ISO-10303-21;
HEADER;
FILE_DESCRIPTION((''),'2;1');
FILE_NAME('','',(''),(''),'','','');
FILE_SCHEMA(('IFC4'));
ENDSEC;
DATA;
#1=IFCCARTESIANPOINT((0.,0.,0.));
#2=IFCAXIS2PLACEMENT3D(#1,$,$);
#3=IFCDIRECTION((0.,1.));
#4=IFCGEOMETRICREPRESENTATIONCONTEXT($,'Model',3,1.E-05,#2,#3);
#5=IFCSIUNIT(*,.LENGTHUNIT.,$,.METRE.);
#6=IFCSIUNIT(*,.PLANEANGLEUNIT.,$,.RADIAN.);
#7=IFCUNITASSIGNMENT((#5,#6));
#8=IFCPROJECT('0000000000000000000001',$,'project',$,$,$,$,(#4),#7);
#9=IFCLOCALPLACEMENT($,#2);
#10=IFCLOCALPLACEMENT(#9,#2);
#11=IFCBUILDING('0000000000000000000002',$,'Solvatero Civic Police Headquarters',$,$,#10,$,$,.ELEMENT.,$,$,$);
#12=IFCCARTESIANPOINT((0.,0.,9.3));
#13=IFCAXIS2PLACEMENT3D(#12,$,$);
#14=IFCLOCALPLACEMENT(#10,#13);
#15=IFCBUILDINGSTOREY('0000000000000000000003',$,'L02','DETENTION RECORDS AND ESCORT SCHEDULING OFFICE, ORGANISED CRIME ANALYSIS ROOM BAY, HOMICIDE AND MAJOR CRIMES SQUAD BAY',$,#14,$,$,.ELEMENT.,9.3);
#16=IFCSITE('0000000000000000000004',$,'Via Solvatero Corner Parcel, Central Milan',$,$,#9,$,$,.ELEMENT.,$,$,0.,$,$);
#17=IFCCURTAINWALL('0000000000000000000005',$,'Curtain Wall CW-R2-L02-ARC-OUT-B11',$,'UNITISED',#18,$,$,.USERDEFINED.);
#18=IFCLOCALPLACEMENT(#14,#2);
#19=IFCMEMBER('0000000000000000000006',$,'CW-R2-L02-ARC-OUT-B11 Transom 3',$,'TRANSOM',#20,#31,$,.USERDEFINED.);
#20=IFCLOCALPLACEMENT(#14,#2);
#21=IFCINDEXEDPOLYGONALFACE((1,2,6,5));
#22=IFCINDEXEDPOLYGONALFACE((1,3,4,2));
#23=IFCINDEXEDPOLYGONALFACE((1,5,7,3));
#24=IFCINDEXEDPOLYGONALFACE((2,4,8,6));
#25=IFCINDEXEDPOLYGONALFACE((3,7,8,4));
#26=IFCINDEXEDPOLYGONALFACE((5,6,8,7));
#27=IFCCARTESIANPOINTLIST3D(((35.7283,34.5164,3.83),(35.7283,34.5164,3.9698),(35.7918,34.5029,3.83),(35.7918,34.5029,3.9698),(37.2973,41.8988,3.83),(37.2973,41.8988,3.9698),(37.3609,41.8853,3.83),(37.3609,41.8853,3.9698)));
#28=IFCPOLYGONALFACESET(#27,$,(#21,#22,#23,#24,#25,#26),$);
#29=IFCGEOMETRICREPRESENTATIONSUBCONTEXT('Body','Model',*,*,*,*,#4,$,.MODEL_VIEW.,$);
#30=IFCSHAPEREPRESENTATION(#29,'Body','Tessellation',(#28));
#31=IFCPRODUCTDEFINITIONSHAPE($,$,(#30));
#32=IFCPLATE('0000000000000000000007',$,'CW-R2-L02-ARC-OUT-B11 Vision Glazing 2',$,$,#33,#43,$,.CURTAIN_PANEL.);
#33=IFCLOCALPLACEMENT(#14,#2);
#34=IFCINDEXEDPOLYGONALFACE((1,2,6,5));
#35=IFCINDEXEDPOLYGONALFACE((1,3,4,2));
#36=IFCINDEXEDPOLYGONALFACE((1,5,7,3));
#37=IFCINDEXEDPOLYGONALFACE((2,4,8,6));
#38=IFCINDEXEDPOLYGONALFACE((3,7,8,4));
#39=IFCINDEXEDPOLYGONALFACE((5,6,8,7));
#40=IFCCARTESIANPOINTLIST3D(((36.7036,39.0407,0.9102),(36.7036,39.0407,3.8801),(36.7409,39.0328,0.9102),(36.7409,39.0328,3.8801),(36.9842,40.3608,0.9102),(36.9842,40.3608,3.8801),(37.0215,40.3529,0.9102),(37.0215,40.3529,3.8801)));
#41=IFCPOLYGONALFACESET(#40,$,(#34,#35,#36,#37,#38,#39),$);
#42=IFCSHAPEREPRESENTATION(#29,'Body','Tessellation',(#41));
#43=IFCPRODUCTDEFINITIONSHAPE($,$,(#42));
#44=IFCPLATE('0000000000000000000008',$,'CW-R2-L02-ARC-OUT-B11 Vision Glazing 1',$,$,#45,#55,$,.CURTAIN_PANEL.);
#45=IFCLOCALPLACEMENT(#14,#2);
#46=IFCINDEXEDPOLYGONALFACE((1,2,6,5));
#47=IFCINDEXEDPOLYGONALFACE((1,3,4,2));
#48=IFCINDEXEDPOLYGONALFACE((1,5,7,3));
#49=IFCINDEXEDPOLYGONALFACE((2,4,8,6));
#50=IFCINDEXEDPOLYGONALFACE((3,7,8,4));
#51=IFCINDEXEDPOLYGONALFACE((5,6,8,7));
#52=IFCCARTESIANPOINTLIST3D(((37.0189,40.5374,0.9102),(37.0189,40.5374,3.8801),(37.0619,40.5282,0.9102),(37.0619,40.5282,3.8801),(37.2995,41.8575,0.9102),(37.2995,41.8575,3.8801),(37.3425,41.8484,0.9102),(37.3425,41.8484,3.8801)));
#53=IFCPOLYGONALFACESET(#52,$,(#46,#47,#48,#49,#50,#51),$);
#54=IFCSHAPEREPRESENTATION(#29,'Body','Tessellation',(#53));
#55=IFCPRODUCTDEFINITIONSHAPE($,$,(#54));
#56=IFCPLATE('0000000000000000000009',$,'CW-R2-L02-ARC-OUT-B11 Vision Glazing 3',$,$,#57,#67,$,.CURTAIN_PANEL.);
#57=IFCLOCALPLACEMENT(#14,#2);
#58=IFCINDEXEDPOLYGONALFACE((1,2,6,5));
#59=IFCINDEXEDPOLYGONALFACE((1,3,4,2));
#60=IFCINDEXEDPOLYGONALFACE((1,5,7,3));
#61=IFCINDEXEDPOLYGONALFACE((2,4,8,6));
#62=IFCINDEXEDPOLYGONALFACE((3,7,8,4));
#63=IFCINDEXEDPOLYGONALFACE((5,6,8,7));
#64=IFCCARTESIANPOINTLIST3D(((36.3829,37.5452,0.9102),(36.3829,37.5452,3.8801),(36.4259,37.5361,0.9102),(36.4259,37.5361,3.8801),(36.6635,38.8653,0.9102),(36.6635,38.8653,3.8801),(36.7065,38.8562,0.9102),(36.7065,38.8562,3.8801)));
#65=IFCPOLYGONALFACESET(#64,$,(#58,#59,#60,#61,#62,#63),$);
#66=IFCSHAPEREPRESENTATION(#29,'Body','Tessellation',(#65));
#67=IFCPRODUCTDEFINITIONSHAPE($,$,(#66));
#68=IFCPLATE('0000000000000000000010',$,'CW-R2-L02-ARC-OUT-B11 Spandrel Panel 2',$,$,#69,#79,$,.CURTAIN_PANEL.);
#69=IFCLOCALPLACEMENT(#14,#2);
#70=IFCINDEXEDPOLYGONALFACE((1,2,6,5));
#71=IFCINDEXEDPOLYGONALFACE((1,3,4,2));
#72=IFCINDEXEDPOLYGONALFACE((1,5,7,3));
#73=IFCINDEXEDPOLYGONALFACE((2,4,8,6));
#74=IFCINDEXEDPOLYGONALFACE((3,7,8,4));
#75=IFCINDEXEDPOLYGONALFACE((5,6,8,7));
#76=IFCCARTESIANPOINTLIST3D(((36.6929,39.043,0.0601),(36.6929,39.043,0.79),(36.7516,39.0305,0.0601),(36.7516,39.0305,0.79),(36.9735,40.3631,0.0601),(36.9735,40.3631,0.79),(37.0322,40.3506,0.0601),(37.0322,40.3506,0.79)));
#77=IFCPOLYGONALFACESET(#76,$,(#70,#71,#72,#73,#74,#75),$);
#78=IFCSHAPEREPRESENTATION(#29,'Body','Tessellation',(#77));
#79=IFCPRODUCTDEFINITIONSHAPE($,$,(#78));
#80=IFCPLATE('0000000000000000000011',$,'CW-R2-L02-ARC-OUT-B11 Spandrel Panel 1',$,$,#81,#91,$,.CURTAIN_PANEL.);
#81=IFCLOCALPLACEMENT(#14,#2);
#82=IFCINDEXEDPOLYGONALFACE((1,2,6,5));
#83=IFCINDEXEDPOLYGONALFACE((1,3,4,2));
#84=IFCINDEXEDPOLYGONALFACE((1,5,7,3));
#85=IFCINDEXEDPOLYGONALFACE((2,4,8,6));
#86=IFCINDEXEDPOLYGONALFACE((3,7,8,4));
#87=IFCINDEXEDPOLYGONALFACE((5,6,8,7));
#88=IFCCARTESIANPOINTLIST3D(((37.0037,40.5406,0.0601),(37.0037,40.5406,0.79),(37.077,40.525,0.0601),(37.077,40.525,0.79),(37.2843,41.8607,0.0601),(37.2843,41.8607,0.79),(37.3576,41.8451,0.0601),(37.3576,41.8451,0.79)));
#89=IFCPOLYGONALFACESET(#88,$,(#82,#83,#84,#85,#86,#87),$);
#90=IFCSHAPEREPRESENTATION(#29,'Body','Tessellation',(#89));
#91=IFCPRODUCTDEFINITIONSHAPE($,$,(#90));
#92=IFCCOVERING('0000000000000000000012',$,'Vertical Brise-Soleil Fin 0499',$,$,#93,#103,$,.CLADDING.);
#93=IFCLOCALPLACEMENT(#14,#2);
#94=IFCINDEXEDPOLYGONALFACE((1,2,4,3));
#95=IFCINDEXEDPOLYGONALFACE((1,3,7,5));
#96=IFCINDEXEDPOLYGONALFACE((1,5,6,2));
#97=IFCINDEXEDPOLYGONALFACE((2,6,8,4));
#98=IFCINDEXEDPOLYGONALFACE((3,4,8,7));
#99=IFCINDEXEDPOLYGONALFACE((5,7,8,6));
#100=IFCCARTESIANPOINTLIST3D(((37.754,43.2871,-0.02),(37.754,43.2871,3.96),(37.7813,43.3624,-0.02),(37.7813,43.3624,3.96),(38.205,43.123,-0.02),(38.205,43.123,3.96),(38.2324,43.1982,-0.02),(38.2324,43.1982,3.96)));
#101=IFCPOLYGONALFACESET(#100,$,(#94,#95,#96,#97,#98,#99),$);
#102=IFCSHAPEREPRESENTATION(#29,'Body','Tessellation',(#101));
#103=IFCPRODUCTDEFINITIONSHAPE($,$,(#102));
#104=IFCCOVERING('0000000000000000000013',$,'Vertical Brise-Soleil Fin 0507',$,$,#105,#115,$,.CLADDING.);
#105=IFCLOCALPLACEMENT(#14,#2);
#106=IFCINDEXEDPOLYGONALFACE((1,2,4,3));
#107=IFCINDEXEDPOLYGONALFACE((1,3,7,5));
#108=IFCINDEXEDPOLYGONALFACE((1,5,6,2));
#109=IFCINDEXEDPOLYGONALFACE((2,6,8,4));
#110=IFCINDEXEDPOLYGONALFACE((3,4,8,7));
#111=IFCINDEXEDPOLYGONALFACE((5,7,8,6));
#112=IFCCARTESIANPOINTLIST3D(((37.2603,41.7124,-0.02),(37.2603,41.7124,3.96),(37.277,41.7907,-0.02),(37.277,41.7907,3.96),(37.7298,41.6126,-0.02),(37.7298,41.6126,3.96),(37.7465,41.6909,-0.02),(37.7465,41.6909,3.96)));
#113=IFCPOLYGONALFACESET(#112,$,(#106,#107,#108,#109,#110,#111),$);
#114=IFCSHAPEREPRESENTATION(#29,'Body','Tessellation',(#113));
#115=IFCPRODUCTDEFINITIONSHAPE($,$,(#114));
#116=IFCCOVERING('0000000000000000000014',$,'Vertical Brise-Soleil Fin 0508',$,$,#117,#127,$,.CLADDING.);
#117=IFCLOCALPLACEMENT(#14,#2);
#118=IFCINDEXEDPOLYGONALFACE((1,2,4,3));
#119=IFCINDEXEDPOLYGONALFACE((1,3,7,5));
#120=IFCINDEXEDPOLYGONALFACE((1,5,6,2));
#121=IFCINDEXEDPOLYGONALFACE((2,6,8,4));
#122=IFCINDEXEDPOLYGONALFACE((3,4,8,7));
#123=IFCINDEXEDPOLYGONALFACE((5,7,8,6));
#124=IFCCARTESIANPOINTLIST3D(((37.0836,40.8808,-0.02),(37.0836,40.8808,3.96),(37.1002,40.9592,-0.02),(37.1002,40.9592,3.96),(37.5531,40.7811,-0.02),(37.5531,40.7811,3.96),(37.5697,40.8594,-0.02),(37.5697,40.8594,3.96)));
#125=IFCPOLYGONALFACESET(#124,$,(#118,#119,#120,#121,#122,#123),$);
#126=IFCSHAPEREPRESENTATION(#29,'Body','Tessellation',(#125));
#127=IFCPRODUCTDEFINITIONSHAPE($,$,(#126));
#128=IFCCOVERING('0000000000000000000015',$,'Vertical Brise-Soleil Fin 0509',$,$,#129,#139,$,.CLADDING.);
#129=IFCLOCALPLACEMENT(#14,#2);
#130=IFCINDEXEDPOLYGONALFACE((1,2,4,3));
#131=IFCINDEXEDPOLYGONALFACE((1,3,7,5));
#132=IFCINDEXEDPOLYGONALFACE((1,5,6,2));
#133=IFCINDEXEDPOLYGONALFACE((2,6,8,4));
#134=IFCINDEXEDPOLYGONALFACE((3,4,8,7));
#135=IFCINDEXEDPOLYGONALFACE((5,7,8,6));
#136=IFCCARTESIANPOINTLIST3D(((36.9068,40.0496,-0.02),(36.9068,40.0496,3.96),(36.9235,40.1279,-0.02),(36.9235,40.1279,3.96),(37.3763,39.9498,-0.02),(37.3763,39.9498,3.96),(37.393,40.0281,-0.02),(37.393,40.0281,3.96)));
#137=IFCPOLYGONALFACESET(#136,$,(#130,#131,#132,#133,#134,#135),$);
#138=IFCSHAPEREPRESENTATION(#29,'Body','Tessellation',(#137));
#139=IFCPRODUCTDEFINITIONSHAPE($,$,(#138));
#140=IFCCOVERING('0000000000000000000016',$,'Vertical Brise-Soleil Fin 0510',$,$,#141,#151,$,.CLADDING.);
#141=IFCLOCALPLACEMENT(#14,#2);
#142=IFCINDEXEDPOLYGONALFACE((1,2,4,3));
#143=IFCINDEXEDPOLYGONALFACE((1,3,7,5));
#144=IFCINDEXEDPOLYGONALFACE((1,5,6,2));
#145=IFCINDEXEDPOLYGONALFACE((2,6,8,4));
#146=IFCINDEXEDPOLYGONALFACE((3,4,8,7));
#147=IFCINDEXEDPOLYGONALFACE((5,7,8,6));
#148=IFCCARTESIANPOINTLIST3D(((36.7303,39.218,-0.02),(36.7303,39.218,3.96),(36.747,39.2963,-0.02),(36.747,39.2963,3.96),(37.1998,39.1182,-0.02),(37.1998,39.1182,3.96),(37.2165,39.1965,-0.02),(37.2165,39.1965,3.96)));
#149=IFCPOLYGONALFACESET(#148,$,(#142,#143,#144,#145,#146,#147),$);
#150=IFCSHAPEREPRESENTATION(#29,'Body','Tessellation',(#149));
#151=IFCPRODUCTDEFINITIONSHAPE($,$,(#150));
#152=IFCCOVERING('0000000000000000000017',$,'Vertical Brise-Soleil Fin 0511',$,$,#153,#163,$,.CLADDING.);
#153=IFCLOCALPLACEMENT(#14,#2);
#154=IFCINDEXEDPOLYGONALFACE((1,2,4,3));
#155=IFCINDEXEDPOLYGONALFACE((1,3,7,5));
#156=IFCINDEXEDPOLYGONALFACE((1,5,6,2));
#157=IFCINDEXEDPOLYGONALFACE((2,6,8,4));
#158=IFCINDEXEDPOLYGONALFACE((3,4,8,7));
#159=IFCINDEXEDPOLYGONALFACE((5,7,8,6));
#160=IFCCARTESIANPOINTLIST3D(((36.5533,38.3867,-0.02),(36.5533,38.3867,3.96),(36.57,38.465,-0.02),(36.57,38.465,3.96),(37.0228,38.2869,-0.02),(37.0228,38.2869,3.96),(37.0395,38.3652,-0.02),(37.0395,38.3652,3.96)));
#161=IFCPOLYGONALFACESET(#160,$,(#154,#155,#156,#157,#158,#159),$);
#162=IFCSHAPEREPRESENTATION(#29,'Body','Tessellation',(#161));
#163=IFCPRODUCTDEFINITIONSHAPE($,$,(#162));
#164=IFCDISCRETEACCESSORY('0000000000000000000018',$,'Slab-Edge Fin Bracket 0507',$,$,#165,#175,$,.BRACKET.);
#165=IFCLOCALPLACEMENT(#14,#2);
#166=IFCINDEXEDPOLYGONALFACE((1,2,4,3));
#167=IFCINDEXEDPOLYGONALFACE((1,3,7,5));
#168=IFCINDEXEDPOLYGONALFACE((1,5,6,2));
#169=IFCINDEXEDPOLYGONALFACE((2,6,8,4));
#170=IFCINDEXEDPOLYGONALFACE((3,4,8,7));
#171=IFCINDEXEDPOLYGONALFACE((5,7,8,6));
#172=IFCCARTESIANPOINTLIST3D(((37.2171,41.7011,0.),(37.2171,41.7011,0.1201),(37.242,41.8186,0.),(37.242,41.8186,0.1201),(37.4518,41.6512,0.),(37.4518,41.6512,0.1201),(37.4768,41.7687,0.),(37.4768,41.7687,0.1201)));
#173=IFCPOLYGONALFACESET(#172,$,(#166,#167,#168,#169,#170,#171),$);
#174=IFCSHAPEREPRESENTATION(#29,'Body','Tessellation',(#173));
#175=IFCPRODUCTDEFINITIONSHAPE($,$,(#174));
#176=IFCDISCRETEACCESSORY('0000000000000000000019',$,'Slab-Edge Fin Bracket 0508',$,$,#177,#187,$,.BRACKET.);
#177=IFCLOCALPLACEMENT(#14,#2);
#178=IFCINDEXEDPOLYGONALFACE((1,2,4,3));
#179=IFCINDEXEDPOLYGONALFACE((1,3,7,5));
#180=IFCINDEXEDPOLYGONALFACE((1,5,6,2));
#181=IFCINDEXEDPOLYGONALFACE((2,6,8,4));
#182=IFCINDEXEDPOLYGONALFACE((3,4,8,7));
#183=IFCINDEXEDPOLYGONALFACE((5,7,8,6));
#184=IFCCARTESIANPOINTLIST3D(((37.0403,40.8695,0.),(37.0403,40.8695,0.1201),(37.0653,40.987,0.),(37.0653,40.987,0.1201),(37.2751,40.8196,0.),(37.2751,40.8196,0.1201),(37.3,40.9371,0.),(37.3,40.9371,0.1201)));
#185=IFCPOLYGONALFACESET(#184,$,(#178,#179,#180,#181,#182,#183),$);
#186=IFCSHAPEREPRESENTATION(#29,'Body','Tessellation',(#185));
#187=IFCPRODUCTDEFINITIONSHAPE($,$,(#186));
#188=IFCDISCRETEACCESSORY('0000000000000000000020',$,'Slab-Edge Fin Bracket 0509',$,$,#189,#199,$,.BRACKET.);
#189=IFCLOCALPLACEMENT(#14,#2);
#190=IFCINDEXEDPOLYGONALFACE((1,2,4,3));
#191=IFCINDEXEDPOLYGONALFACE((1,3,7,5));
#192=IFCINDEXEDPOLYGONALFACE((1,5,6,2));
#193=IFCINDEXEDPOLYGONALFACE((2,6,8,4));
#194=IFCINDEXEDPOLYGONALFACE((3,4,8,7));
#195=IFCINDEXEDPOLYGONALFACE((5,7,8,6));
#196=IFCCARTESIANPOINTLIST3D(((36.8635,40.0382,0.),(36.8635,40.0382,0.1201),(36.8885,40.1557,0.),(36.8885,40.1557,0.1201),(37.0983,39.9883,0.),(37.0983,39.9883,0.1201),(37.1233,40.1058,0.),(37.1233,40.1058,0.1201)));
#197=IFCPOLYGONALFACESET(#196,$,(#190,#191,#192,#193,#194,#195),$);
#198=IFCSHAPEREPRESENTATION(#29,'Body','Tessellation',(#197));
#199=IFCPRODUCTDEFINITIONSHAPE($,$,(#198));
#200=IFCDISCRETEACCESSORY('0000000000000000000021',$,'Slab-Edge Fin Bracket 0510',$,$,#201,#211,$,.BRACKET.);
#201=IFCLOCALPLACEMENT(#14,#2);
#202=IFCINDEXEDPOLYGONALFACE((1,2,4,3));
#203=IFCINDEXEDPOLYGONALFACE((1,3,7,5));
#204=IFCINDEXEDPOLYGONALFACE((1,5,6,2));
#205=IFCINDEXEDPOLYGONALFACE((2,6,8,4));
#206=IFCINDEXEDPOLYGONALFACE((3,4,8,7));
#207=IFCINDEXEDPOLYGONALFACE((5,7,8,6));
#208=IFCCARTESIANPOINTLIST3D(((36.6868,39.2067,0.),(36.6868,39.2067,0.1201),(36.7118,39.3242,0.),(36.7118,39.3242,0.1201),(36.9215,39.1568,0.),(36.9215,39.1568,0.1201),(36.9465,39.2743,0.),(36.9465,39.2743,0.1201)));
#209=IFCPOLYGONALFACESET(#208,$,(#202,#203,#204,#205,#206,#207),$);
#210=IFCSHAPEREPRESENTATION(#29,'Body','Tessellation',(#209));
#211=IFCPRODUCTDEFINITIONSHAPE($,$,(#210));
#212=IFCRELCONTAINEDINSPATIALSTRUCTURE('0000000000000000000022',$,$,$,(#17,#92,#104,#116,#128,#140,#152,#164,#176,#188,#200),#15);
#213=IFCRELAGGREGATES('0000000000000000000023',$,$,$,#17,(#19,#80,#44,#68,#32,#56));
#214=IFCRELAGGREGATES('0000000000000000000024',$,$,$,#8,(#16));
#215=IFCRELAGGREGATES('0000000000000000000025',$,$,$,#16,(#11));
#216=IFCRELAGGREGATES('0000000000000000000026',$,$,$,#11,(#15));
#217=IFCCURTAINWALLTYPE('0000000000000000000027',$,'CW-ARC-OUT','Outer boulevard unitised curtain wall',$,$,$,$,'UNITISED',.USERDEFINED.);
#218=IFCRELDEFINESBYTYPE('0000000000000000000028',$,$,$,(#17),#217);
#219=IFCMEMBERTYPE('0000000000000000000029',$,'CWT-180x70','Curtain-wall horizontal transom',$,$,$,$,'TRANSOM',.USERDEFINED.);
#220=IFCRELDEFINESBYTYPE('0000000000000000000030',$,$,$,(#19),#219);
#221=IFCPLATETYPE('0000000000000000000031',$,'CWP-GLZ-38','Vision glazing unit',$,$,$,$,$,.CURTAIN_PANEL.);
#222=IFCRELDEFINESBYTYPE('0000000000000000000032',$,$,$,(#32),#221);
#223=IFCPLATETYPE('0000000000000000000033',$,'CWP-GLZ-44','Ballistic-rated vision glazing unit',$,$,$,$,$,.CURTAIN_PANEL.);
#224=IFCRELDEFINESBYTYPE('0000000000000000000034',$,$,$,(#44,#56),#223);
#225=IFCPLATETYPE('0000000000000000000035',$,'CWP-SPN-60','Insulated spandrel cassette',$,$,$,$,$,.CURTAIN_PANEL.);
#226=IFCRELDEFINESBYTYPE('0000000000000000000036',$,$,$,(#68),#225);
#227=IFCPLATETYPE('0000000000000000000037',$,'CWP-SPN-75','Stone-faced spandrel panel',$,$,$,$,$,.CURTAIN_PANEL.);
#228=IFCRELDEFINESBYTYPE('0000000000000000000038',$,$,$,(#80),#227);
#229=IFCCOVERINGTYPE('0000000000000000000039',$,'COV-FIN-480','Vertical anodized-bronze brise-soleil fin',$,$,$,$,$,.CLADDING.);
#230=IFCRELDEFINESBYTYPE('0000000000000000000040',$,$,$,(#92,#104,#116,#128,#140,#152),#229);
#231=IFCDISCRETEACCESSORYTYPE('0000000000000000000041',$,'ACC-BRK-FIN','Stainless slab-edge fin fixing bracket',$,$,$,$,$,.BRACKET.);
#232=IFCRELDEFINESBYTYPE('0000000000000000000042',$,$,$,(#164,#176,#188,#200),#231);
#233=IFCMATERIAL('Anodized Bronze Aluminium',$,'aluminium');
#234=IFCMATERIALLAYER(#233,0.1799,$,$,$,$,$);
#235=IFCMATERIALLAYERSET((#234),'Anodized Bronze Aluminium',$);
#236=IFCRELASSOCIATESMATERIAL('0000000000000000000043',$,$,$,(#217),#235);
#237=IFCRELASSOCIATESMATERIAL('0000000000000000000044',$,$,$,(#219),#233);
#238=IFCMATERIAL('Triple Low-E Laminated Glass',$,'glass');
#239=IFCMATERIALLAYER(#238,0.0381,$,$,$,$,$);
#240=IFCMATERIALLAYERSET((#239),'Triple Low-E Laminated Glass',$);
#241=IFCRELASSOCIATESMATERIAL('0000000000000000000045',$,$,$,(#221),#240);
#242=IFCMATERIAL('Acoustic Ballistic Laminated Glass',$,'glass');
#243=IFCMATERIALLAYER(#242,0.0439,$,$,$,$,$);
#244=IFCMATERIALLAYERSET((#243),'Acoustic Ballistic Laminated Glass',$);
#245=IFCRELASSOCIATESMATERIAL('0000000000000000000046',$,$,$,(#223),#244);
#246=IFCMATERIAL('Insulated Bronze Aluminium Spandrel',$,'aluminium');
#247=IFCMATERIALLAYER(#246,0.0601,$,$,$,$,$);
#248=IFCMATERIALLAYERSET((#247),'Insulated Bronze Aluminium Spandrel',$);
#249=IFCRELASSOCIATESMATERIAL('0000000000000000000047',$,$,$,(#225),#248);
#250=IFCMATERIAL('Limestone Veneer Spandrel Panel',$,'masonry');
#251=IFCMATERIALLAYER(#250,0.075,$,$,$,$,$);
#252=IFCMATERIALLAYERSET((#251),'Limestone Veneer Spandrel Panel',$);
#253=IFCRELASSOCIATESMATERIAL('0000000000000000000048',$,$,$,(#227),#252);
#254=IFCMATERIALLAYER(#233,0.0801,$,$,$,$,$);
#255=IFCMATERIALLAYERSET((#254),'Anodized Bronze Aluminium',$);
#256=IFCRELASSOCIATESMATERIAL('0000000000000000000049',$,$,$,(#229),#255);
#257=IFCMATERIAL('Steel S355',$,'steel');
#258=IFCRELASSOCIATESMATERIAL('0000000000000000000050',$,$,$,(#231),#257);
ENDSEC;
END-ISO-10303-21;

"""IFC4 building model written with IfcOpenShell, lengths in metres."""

from ifc_helpers import new_model, si_unit, direction, frame, origin, origin_2d, place, context, subcontext, project, spatial, rectangle, extrude, material, layer, layer_set, material_profile, profile_set, type_object, element, aggregate, save


model = new_model("IFC4")

# Units and contexts
model_context = context("Model", 3, precision=1e-05, world=origin(), true_north=direction((0.0, 1.0)))
body_context = subcontext(model_context, "Body", "Model", "MODEL_VIEW")
ifc_project = project(units=[si_unit("LENGTHUNIT", "METRE"), si_unit("PLANEANGLEUNIT", "RADIAN")], contexts=[model_context])

# Site, building, storey
site_placement = place(None, origin())
site = spatial("IfcSite", under=ifc_project, at=site_placement, Name="Via Solvatero Corner Parcel, Central Milan", CompositionType="ELEMENT", RefElevation=0.0)
building_placement = place(site_placement, origin())
building = spatial("IfcBuilding", under=site, at=building_placement, Name="Solvatero Civic Police Headquarters", CompositionType="ELEMENT")
storey_placement = place(building_placement, frame((0.0, 0.0, 9.3)))
storey = spatial("IfcBuildingStorey", under=building, at=storey_placement, Name="L02", Description="DETENTION RECORDS AND ESCORT SCHEDULING OFFICE, ORGANISED CRIME ANALYSIS ROOM BAY, HOMICIDE AND MAJOR CRIMES SQUAD BAY", CompositionType="ELEMENT", Elevation=9.3)

# Shared definitions
ifc_material_1 = material(Name="Steel S355", Category="steel")

# Shared definitions
ifc_material_2 = material(Name="Anodized Bronze Aluminium", Category="aluminium")
ifc_layer_1 = layer(ifc_material_2, 0.1799)
ifc_layer_set_1 = layer_set([ifc_layer_1], Name="Anodized Bronze Aluminium")
curtain_wall_type = type_object("IfcCurtainWallType", Name="CW-ARC-OUT", Description="Outer boulevard unitised curtain wall", ElementType="UNITISED", PredefinedType="USERDEFINED", material=ifc_layer_set_1)

# Curtain wall, member, plates
curtain_wall_1_placement = place(storey_placement, origin())
curtain_wall_1 = element("IfcCurtainWall", 1, at=curtain_wall_1_placement, inside=storey, type_object=curtain_wall_type, Name="Curtain Wall CW-R2-L02-ARC-OUT-B11", ObjectType="UNITISED", PredefinedType="USERDEFINED")
ifc_material_profile_1 = material_profile(ifc_material_2, rectangle(XDim=0.0649, YDim=0.1399, at=origin_2d()), Name="ALU TRANSOM 65x140")
ifc_profile_set_1 = profile_set([ifc_material_profile_1], Name="Anodized Bronze Aluminium")
member_type_1 = type_object("IfcMemberType", Name="CWT-180x70", Description="Curtain-wall horizontal transom", ElementType="TRANSOM", PredefinedType="USERDEFINED", material=ifc_profile_set_1)
member_1_placement = place(storey_placement, frame((37.3291, 41.8921, 3.8999), z_axis=(-0.207896, -0.978151, 0.0), x_axis=(0.978151, -0.207896, 0.0)))
member_1 = element("IfcMember", 2, at=member_1_placement, type_object=member_type_1, Name="CW-R2-L02-ARC-OUT-B11 Transom 3", ObjectType="TRANSOM", PredefinedType="USERDEFINED", context=body_context, shape_type="SweptSolid", body=[
    extrude(rectangle(XDim=0.0649, YDim=0.1399, at=origin_2d()), origin(), (0.0, 0.0, 1.0), 7.5474),
])
ifc_material_3 = material(Name="Triple Low-E Laminated Glass", Category="glass")
ifc_layer_2 = layer(ifc_material_3, 0.0381)
ifc_layer_set_2 = layer_set([ifc_layer_2], Name="Triple Low-E Laminated Glass")
plate_type_1 = type_object("IfcPlateType", Name="CWP-GLZ-38", Description="Vision glazing unit", PredefinedType="CURTAIN_PANEL", material=ifc_layer_set_2)
plate_1_placement = place(storey_placement, frame((36.8625, 39.6968, 0.9102), z_axis=(0.0, 0.0, 1.0), x_axis=(-0.207912, -0.978148, 0.0)))
plate_1 = element("IfcPlate", 3, at=plate_1_placement, type_object=plate_type_1, Name="CW-R2-L02-ARC-OUT-B11 Vision Glazing 2", PredefinedType="CURTAIN_PANEL", context=body_context, shape_type="SweptSolid", body=[
    extrude(rectangle(XDim=1.3496, YDim=0.0381, at=origin_2d()), origin(), (0.0, 0.0, 1.0), 2.97),
])
ifc_material_4 = material(Name="Acoustic Ballistic Laminated Glass", Category="glass")
ifc_layer_3 = layer(ifc_material_4, 0.0439)
ifc_layer_set_3 = layer_set([ifc_layer_3], Name="Acoustic Ballistic Laminated Glass")
plate_type_2 = type_object("IfcPlateType", Name="CWP-GLZ-44", Description="Ballistic-rated vision glazing unit", PredefinedType="CURTAIN_PANEL", material=ifc_layer_set_3)
plate_2_placement = place(storey_placement, frame((37.1807, 41.1929, 0.9102), z_axis=(0.0, 0.0, 1.0), x_axis=(-0.207912, -0.978148, 0.0)))
plate_2 = element("IfcPlate", 4, at=plate_2_placement, type_object=plate_type_2, Name="CW-R2-L02-ARC-OUT-B11 Vision Glazing 1", PredefinedType="CURTAIN_PANEL", context=body_context, shape_type="SweptSolid", body=[
    extrude(rectangle(XDim=1.3496, YDim=0.0439, at=origin_2d()), origin(), (0.0, 0.0, 1.0), 2.97),
])
plate_3_placement = place(storey_placement, frame((36.5447, 38.2007, 0.9102), z_axis=(0.0, 0.0, 1.0), x_axis=(-0.207912, -0.978148, 0.0)))
plate_3 = element("IfcPlate", 5, at=plate_3_placement, type_object=plate_type_2, Name="CW-R2-L02-ARC-OUT-B11 Vision Glazing 3", PredefinedType="CURTAIN_PANEL", context=body_context, shape_type="SweptSolid", body=[
    extrude(rectangle(XDim=1.3496, YDim=0.0439, at=origin_2d()), origin(), (0.0, 0.0, 1.0), 2.97),
])
ifc_material_5 = material(Name="Insulated Bronze Aluminium Spandrel", Category="aluminium")
ifc_layer_4 = layer(ifc_material_5, 0.0601)
ifc_layer_set_4 = layer_set([ifc_layer_4], Name="Insulated Bronze Aluminium Spandrel")
plate_type_3 = type_object("IfcPlateType", Name="CWP-SPN-60", Description="Insulated spandrel cassette", PredefinedType="CURTAIN_PANEL", material=ifc_layer_set_4)
plate_4_placement = place(storey_placement, frame((36.8625, 39.6968, 0.0601), z_axis=(0.0, 0.0, 1.0), x_axis=(-0.207912, -0.978148, 0.0)))
plate_4 = element("IfcPlate", 6, at=plate_4_placement, type_object=plate_type_3, Name="CW-R2-L02-ARC-OUT-B11 Spandrel Panel 2", PredefinedType="CURTAIN_PANEL", context=body_context, shape_type="SweptSolid", body=[
    extrude(rectangle(XDim=1.3496, YDim=0.0601, at=origin_2d()), origin(), (0.0, 0.0, 1.0), 0.73),
])
ifc_material_6 = material(Name="Limestone Veneer Spandrel Panel", Category="masonry")
ifc_layer_5 = layer(ifc_material_6, 0.075)
ifc_layer_set_5 = layer_set([ifc_layer_5], Name="Limestone Veneer Spandrel Panel")
plate_type_4 = type_object("IfcPlateType", Name="CWP-SPN-75", Description="Stone-faced spandrel panel", PredefinedType="CURTAIN_PANEL", material=ifc_layer_set_5)
plate_5_placement = place(storey_placement, frame((37.1807, 41.1929, 0.0601), z_axis=(0.0, 0.0, 1.0), x_axis=(-0.207912, -0.978148, 0.0)))
plate_5 = element("IfcPlate", 7, at=plate_5_placement, type_object=plate_type_4, Name="CW-R2-L02-ARC-OUT-B11 Spandrel Panel 1", PredefinedType="CURTAIN_PANEL", context=body_context, shape_type="SweptSolid", body=[
    extrude(rectangle(XDim=1.3496, YDim=0.075, at=origin_2d()), origin(), (0.0, 0.0, 1.0), 0.73),
])
aggregate(curtain_wall_1, [member_1, plate_5, plate_2, plate_4, plate_1, plate_3])

# Coverings
ifc_layer_6 = layer(ifc_material_2, 0.0801)
ifc_layer_set_6 = layer_set([ifc_layer_6], Name="Anodized Bronze Aluminium")
covering_type = type_object("IfcCoveringType", Name="COV-FIN-480", Description="Vertical anodized-bronze brise-soleil fin", PredefinedType="CLADDING", material=ifc_layer_set_6)
for number, where, z_axis, x_axis, name in (
    (8, (37.9932, 43.2427, -0.02), (0.0, 0.0, 1.0), (-0.34202, -0.939693, 0.0), "Vertical Brise-Soleil Fin 0499"),
    (9, (37.5034, 41.7017, -0.02), (0.0, 0.0, 1.0), (-0.207912, -0.978148, 0.0), "Vertical Brise-Soleil Fin 0507"),
    (10, (37.3267, 40.8701, -0.02), (0.0, 0.0, 1.0), (-0.207912, -0.978148, 0.0), "Vertical Brise-Soleil Fin 0508"),
    (11, (37.1499, 40.0388, -0.02), (0.0, 0.0, 1.0), (-0.207912, -0.978148, 0.0), "Vertical Brise-Soleil Fin 0509"),
    (12, (36.9734, 39.2073, -0.02), (0.0, 0.0, 1.0), (-0.207912, -0.978148, 0.0), "Vertical Brise-Soleil Fin 0510"),
    (13, (36.7964, 38.376, -0.02), (0.0, 0.0, 1.0), (-0.207912, -0.978148, 0.0), "Vertical Brise-Soleil Fin 0511"),
):
    element("IfcCovering", number, at=place(storey_placement, frame(where, z_axis=z_axis, x_axis=x_axis)), inside=storey, type_object=covering_type, Name=name, PredefinedType="CLADDING", context=body_context, shape_type="SweptSolid", body=[
        extrude(rectangle(XDim=0.0801, YDim=0.48, at=origin_2d()), origin(), (0.0, 0.0, 1.0), 3.98),
    ])

# Discrete accessories
discrete_accessory_type = type_object("IfcDiscreteAccessoryType", Name="ACC-BRK-FIN", Description="Stainless slab-edge fin fixing bracket", PredefinedType="BRACKET", material=ifc_material_1)
for number, where, z_axis, x_axis, name in (
    (14, (37.3469, 41.7349, 0.0), (0.0, 0.0, 1.0), (-0.207912, -0.978148, 0.0), "Slab-Edge Fin Bracket 0507"),
    (15, (37.1702, 40.9033, 0.0), (0.0, 0.0, 1.0), (-0.207912, -0.978148, 0.0), "Slab-Edge Fin Bracket 0508"),
    (16, (36.9934, 40.072, 0.0), (0.0, 0.0, 1.0), (-0.207912, -0.978148, 0.0), "Slab-Edge Fin Bracket 0509"),
    (17, (36.8167, 39.2405, 0.0), (0.0, 0.0, 1.0), (-0.207912, -0.978148, 0.0), "Slab-Edge Fin Bracket 0510"),
):
    element("IfcDiscreteAccessory", number, at=place(storey_placement, frame(where, z_axis=z_axis, x_axis=x_axis)), inside=storey, type_object=discrete_accessory_type, Name=name, PredefinedType="BRACKET", context=body_context, shape_type="SweptSolid", body=[
        extrude(rectangle(XDim=0.1201, YDim=0.24, at=origin_2d()), origin(), (0.0, 0.0, 1.0), 0.1201),
    ])

save(model, "model.ifc")
